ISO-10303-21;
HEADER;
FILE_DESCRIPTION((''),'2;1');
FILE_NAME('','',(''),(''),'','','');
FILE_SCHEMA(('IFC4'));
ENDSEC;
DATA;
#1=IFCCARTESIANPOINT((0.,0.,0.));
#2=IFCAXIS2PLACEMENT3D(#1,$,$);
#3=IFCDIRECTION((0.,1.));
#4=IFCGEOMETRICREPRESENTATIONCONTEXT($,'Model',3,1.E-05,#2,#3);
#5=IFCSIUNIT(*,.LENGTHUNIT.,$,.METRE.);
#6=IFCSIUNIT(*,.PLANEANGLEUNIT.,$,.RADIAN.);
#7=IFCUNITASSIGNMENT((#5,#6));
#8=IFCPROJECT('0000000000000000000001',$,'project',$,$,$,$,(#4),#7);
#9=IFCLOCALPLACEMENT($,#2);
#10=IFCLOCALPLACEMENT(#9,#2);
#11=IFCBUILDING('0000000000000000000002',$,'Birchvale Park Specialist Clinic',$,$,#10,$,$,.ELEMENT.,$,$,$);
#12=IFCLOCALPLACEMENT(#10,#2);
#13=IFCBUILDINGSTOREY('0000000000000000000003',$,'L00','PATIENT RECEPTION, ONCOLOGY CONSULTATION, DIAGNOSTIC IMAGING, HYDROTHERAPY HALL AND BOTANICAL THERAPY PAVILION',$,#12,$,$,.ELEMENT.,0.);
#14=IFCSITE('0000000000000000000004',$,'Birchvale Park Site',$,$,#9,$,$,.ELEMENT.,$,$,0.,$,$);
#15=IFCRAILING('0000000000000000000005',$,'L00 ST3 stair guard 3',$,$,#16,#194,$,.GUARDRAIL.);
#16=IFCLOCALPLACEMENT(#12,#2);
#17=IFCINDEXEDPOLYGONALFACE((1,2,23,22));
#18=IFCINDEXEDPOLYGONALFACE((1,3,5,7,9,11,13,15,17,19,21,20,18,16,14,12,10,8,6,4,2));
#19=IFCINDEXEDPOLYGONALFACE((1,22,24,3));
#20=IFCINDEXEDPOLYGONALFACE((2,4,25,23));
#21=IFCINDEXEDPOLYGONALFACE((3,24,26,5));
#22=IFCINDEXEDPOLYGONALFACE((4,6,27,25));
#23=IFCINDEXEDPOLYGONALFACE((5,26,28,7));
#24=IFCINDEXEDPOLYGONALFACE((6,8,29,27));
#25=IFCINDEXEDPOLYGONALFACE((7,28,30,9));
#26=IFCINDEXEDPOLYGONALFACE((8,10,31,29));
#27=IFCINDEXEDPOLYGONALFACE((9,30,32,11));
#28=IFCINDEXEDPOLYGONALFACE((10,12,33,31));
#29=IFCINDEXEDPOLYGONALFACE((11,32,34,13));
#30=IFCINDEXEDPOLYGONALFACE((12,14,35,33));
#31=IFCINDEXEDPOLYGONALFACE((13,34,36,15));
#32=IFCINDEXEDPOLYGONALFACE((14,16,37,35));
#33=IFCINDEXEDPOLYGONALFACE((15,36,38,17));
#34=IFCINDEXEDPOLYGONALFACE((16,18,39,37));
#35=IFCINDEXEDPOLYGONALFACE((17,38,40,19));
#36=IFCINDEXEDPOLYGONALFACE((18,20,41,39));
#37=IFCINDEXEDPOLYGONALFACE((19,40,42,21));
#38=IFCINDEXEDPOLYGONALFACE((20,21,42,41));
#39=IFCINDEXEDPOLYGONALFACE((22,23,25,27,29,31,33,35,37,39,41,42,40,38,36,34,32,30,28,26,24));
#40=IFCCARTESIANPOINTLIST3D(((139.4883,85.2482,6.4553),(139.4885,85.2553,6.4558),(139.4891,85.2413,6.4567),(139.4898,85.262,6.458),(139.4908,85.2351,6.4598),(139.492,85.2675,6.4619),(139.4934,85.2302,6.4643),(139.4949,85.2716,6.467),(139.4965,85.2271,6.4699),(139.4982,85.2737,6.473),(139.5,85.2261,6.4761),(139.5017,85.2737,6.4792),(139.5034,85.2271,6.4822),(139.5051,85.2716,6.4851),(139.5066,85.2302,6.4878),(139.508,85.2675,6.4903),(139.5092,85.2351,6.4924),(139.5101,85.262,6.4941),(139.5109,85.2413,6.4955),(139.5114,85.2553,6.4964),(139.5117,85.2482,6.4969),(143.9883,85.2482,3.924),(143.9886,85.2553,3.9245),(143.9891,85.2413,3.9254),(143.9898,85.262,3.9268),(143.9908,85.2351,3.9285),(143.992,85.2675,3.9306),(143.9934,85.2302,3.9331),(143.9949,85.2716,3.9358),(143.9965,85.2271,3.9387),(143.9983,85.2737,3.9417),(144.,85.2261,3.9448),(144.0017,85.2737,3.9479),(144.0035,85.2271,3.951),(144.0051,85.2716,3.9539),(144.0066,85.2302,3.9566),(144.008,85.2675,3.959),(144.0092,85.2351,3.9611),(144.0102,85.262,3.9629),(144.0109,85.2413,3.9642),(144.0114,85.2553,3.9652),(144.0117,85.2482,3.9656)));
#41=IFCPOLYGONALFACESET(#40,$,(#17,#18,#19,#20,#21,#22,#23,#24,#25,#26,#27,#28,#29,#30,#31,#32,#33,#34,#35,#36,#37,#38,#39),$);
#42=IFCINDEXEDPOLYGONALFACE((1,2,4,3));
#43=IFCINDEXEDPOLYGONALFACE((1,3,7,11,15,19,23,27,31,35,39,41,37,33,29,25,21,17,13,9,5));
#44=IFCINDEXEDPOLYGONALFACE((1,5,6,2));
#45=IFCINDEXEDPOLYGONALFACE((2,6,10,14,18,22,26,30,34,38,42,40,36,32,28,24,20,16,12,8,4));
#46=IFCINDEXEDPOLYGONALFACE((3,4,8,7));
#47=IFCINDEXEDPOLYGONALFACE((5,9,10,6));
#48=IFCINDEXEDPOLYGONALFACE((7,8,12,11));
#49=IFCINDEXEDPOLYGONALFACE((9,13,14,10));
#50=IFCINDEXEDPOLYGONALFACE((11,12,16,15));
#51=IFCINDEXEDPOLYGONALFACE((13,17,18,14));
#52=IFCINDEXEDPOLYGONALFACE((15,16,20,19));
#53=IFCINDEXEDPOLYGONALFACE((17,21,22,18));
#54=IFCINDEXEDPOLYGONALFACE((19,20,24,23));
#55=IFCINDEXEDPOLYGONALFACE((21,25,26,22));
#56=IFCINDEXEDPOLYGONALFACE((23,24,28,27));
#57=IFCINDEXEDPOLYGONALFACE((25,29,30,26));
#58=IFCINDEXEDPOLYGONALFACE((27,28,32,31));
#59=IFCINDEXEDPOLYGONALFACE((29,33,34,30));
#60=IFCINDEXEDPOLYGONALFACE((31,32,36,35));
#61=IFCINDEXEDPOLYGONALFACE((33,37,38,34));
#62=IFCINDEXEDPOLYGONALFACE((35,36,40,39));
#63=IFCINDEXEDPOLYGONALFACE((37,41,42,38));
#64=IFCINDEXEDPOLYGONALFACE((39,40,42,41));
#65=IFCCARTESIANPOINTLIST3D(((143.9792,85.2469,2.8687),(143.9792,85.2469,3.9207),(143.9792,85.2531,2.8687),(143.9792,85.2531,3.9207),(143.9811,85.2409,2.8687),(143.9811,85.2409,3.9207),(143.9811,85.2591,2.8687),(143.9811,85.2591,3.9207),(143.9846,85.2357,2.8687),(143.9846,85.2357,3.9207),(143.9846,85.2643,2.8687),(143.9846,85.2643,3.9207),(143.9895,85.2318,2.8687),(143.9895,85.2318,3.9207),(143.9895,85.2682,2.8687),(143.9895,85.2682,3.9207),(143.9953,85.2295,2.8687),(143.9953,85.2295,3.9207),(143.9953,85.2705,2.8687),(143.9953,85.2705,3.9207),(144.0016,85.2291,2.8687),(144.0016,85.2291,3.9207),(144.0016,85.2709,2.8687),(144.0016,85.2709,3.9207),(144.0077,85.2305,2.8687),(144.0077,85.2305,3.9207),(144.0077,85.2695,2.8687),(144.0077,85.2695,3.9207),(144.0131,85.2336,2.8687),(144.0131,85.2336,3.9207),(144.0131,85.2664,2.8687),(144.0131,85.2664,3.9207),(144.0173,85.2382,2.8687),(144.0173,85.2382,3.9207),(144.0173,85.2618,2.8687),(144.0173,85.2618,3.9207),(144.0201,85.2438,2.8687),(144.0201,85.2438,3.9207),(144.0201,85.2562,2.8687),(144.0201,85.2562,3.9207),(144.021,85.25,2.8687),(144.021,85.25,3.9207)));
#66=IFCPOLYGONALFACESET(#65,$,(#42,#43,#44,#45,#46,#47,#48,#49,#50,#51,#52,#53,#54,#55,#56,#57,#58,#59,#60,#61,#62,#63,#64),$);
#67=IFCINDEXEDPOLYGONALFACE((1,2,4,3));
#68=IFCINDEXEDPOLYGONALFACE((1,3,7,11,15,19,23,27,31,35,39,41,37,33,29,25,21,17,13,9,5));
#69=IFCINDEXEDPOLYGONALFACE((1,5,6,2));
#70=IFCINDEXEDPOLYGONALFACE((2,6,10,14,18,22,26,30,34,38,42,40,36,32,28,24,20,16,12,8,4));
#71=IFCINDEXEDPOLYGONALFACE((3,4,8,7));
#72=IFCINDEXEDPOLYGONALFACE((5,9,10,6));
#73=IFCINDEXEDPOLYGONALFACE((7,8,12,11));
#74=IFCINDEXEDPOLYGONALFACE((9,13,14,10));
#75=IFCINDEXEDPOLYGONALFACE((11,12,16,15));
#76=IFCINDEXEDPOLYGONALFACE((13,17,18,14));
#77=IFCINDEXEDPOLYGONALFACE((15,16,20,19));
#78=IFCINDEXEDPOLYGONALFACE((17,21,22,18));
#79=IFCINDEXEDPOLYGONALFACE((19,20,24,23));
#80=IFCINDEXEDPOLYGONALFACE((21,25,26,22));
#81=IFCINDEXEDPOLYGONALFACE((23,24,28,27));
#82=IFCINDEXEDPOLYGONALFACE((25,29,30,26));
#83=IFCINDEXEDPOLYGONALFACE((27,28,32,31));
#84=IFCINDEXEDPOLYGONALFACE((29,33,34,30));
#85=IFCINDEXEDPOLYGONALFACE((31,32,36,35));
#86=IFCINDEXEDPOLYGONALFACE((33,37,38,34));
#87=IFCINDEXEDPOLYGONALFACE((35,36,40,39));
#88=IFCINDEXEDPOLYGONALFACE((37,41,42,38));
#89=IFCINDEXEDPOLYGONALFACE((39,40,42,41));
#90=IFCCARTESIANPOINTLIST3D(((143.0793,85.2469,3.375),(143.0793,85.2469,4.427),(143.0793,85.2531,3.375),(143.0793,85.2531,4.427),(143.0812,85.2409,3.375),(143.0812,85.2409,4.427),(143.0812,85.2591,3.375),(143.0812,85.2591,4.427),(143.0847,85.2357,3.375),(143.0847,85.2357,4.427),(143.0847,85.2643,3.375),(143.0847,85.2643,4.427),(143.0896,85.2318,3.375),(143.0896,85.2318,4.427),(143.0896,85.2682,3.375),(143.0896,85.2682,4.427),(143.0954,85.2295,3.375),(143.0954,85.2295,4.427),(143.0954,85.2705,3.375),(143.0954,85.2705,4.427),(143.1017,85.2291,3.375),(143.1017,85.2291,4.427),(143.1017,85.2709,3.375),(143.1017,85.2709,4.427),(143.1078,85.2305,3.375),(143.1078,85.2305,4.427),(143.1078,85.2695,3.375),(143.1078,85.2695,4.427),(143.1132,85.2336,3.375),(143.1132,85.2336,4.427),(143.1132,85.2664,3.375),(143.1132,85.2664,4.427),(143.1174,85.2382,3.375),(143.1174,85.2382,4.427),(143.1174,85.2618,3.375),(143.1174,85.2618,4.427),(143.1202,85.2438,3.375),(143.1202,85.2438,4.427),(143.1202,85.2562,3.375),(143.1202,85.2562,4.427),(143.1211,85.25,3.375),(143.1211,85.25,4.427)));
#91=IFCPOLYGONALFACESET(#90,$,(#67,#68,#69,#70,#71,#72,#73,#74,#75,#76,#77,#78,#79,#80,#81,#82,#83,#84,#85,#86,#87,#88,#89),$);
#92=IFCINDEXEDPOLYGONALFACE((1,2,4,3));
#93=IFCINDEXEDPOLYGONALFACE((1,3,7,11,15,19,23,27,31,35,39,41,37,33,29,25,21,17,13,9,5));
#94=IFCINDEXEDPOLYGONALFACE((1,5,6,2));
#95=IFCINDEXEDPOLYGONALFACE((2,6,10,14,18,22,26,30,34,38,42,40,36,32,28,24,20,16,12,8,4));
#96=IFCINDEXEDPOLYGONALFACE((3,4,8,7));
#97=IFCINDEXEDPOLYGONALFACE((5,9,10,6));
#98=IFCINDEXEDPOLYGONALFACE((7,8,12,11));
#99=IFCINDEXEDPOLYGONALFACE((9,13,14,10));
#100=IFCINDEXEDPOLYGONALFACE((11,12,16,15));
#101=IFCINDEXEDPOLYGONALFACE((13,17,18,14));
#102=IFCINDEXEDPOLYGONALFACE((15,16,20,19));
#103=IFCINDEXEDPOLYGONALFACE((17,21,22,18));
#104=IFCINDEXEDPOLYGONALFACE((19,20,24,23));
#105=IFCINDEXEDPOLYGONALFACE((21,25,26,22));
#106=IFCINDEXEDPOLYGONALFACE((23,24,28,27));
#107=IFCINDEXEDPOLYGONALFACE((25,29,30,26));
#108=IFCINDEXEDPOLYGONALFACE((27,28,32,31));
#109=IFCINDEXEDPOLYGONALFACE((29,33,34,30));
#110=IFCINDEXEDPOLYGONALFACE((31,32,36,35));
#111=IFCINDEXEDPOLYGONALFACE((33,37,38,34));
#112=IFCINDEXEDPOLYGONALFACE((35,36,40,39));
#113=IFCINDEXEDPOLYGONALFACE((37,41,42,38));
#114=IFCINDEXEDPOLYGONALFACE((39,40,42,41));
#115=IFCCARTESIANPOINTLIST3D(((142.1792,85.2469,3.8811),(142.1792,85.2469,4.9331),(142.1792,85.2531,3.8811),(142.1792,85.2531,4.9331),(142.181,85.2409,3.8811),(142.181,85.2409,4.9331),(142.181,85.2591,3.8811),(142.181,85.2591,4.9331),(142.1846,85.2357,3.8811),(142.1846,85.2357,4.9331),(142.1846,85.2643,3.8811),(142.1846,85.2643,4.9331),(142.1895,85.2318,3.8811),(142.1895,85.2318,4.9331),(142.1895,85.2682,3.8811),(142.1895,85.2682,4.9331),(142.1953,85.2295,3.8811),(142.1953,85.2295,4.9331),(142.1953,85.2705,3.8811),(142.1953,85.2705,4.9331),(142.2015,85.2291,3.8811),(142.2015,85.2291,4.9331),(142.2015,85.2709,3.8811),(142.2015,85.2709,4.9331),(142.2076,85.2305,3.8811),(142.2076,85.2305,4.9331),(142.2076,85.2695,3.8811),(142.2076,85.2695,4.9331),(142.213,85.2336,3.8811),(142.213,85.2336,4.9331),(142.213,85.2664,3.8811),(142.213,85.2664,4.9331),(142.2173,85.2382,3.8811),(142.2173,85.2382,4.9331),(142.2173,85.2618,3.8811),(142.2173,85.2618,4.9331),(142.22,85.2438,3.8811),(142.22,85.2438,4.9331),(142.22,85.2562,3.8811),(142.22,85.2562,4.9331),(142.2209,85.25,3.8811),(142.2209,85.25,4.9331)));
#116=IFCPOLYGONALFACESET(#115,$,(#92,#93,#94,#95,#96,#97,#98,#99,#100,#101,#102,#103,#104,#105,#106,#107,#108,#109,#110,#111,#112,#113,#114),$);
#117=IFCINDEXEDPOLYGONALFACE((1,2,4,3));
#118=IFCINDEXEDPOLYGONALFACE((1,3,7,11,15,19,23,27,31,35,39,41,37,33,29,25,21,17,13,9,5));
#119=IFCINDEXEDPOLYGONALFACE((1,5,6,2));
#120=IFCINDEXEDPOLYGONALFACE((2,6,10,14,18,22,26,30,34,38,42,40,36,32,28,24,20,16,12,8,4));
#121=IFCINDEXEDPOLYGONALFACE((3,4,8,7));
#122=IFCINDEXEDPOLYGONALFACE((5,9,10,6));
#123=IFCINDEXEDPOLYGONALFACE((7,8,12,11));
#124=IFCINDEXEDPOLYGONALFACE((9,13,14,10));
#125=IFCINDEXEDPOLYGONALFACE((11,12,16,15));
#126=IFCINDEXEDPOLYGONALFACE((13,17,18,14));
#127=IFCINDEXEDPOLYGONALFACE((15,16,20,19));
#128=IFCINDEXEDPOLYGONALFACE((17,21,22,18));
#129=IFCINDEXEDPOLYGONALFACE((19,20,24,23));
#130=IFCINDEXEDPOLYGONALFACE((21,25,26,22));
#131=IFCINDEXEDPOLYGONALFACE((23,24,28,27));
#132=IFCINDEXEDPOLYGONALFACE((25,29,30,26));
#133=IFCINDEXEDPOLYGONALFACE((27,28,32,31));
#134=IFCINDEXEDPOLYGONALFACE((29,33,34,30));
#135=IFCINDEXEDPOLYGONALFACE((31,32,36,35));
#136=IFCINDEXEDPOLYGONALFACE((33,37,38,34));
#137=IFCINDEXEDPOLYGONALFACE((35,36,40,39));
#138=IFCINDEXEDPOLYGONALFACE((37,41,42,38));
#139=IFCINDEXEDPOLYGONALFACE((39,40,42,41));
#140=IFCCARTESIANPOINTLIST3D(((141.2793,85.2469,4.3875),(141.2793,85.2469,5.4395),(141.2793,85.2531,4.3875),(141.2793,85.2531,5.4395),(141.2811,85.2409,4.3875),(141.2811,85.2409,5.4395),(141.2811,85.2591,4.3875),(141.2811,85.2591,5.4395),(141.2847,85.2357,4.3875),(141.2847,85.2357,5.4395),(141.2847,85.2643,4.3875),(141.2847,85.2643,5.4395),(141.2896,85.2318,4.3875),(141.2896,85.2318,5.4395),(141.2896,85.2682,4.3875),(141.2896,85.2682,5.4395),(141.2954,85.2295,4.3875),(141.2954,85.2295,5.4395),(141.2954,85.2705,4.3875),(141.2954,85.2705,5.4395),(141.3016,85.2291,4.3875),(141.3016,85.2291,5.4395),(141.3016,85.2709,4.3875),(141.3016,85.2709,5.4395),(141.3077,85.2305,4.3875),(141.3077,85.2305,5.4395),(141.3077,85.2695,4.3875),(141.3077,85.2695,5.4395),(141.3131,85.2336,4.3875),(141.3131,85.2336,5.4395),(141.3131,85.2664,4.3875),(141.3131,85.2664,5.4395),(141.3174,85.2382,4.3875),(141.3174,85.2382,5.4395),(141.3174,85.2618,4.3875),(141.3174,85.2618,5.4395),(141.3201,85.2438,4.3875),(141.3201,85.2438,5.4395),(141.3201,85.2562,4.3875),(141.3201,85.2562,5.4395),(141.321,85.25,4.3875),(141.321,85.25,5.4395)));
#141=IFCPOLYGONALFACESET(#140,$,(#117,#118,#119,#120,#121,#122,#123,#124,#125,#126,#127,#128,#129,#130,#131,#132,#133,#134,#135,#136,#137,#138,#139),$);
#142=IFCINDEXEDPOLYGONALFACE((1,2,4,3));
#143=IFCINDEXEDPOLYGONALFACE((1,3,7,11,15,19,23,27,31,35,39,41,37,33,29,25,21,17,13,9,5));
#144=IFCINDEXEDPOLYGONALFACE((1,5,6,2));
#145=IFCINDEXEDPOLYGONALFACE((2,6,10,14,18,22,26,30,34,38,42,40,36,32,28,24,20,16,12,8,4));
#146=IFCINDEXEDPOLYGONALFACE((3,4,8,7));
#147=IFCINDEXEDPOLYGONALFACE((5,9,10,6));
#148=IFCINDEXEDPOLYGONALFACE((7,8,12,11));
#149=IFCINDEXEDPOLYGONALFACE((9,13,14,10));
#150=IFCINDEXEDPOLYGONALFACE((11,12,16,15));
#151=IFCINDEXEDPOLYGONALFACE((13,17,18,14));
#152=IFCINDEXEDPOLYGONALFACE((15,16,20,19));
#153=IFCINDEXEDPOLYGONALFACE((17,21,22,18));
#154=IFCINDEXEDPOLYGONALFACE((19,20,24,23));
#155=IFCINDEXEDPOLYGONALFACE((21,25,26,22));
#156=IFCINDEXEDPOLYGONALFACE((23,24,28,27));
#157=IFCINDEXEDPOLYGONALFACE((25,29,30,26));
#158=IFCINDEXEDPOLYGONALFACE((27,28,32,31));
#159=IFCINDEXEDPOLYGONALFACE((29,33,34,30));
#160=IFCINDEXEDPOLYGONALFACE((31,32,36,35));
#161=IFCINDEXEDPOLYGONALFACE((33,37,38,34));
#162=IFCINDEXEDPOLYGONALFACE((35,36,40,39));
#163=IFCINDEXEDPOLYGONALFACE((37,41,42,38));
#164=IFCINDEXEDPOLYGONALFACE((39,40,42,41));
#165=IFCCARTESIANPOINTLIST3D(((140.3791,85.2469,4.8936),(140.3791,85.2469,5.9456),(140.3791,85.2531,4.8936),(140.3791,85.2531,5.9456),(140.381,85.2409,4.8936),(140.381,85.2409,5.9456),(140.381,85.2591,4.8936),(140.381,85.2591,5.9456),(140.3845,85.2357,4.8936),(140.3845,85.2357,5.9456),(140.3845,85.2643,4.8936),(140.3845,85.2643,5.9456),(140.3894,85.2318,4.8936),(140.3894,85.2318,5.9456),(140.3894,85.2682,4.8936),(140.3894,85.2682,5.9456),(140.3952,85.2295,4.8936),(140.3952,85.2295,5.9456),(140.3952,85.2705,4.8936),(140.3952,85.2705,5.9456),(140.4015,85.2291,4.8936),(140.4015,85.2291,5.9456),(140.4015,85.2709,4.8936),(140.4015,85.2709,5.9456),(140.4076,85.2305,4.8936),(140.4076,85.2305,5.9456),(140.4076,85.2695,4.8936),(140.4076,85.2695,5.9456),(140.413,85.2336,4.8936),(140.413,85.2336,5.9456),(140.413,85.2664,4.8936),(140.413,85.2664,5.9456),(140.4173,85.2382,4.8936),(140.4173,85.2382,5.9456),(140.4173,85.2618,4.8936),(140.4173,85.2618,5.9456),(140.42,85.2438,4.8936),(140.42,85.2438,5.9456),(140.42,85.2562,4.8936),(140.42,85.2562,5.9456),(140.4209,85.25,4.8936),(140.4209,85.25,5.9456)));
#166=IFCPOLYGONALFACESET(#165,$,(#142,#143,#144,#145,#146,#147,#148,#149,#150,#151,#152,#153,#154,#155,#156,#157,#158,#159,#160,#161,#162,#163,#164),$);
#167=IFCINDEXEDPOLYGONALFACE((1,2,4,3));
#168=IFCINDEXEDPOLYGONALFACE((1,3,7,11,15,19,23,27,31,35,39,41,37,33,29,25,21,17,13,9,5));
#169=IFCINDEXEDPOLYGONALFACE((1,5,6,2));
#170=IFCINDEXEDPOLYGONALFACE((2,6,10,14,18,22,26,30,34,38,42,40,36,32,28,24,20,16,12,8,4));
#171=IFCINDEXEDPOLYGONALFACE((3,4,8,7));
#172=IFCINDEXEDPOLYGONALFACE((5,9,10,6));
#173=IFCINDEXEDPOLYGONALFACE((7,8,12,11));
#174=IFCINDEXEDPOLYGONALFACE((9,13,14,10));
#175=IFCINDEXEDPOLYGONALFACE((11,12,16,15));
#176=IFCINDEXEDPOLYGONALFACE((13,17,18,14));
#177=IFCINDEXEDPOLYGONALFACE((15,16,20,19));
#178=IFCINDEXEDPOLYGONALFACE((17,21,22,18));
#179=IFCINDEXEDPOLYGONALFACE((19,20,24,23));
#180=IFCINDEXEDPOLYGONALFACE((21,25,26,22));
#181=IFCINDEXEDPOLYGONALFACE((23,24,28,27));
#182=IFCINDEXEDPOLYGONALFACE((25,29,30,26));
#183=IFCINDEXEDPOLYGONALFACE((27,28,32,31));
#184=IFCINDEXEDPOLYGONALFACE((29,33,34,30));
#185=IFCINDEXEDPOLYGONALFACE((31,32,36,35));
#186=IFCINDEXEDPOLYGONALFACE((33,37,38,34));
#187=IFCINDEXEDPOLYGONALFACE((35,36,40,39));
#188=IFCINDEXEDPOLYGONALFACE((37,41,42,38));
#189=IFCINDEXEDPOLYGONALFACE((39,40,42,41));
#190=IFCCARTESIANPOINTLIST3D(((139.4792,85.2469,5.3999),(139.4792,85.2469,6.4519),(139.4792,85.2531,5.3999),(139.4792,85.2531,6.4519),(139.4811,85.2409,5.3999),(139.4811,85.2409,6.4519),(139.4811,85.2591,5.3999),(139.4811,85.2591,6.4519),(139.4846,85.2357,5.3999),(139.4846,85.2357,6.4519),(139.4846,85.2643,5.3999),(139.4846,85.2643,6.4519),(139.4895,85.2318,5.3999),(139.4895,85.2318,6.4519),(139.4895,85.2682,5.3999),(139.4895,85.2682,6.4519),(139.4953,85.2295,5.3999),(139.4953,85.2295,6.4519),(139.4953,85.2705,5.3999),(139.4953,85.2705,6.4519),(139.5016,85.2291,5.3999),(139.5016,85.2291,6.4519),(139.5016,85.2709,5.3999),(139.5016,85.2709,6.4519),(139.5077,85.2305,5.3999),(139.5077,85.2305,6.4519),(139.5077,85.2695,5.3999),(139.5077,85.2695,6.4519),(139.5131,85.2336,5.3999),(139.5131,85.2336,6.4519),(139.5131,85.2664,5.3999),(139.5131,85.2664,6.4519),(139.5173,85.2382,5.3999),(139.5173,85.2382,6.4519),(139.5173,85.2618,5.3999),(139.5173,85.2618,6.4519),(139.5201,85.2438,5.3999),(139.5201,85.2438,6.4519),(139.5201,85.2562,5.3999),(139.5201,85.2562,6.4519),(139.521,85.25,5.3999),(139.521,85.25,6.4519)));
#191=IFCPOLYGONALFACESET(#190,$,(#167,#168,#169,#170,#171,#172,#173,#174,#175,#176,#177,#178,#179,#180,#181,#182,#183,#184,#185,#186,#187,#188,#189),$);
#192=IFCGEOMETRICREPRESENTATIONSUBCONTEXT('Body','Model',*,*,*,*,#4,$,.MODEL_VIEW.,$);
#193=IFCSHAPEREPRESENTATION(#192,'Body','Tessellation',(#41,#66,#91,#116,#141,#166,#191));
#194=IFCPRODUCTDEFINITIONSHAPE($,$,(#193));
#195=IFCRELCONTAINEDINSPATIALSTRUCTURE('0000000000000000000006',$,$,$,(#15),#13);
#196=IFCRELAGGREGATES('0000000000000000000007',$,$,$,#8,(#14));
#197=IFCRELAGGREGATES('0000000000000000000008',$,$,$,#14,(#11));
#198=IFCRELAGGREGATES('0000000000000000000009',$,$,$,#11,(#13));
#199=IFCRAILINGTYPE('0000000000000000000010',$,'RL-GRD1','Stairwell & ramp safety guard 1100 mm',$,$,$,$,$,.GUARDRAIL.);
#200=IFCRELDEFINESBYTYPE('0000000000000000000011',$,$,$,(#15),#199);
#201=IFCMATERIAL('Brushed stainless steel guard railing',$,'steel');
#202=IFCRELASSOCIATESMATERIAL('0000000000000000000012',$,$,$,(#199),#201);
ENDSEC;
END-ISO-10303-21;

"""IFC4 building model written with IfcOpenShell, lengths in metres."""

from ifc_helpers import new_model, si_unit, direction, frame, origin, origin_2d, place, context, subcontext, project, spatial, circle, extrude, material, type_object, element, save


model = new_model("IFC4")

# Units and contexts
model_context = context("Model", 3, precision=1e-05, world=origin(), true_north=direction((0.0, 1.0)))
body_context = subcontext(model_context, "Body", "Model", "MODEL_VIEW")
ifc_project = project(units=[si_unit("LENGTHUNIT", "METRE"), si_unit("PLANEANGLEUNIT", "RADIAN")], contexts=[model_context])

# Site, building, storey
site_placement = place(None, origin())
site = spatial("IfcSite", under=ifc_project, at=site_placement, Name="Birchvale Park Site", CompositionType="ELEMENT", RefElevation=0.0)
building_placement = place(site_placement, origin())
building = spatial("IfcBuilding", under=site, at=building_placement, Name="Birchvale Park Specialist Clinic", CompositionType="ELEMENT")
storey_placement = place(building_placement, origin())
storey = spatial("IfcBuildingStorey", under=building, at=storey_placement, Name="L00", Description="PATIENT RECEPTION, ONCOLOGY CONSULTATION, DIAGNOSTIC IMAGING, HYDROTHERAPY HALL AND BOTANICAL THERAPY PAVILION", CompositionType="ELEMENT", Elevation=0.0)

# Railing
ifc_material_1 = material(Name="Brushed stainless steel guard railing", Category="steel")
railing_type_1 = type_object("IfcRailingType", Name="RL-GRD1", Description="Stairwell & ramp safety guard 1100 mm", PredefinedType="GUARDRAIL", material=ifc_material_1)
railing_1_placement = place(storey_placement, frame((144.0, 85.25, 2.8687)))
element("IfcRailing", 1, at=railing_1_placement, inside=storey, type_object=railing_type_1, Name="L00 ST3 stair guard 3", PredefinedType="GUARDRAIL", context=body_context, shape_type="SweptSolid", body=[
    extrude(circle(Radius=0.0239, at=origin_2d()), frame((0.0, 0.0, 1.0762), z_axis=(-0.871576, 0.0, 0.490261), x_axis=(0.0, -1.0, 0.0)), (0.0, 0.0, 1.0), 5.1631),
    extrude(circle(Radius=0.021, at=origin_2d()), origin(), (0.0, 0.0, 1.0), 1.052),
    extrude(circle(Radius=0.021, at=origin_2d()), frame((-0.8999, 0.0, 0.5063)), (0.0, 0.0, 1.0), 1.052),
    extrude(circle(Radius=0.021, at=origin_2d()), frame((-1.8, 0.0, 1.0125)), (0.0, 0.0, 1.0), 1.052),
    extrude(circle(Radius=0.021, at=origin_2d()), frame((-2.7, 0.0, 1.5188)), (0.0, 0.0, 1.0), 1.052),
    extrude(circle(Radius=0.021, at=origin_2d()), frame((-3.6001, 0.0, 2.0249)), (0.0, 0.0, 1.0), 1.052),
    extrude(circle(Radius=0.021, at=origin_2d()), frame((-4.5, 0.0, 2.5312)), (0.0, 0.0, 1.0), 1.052),
])

save(model, "model.ifc")
